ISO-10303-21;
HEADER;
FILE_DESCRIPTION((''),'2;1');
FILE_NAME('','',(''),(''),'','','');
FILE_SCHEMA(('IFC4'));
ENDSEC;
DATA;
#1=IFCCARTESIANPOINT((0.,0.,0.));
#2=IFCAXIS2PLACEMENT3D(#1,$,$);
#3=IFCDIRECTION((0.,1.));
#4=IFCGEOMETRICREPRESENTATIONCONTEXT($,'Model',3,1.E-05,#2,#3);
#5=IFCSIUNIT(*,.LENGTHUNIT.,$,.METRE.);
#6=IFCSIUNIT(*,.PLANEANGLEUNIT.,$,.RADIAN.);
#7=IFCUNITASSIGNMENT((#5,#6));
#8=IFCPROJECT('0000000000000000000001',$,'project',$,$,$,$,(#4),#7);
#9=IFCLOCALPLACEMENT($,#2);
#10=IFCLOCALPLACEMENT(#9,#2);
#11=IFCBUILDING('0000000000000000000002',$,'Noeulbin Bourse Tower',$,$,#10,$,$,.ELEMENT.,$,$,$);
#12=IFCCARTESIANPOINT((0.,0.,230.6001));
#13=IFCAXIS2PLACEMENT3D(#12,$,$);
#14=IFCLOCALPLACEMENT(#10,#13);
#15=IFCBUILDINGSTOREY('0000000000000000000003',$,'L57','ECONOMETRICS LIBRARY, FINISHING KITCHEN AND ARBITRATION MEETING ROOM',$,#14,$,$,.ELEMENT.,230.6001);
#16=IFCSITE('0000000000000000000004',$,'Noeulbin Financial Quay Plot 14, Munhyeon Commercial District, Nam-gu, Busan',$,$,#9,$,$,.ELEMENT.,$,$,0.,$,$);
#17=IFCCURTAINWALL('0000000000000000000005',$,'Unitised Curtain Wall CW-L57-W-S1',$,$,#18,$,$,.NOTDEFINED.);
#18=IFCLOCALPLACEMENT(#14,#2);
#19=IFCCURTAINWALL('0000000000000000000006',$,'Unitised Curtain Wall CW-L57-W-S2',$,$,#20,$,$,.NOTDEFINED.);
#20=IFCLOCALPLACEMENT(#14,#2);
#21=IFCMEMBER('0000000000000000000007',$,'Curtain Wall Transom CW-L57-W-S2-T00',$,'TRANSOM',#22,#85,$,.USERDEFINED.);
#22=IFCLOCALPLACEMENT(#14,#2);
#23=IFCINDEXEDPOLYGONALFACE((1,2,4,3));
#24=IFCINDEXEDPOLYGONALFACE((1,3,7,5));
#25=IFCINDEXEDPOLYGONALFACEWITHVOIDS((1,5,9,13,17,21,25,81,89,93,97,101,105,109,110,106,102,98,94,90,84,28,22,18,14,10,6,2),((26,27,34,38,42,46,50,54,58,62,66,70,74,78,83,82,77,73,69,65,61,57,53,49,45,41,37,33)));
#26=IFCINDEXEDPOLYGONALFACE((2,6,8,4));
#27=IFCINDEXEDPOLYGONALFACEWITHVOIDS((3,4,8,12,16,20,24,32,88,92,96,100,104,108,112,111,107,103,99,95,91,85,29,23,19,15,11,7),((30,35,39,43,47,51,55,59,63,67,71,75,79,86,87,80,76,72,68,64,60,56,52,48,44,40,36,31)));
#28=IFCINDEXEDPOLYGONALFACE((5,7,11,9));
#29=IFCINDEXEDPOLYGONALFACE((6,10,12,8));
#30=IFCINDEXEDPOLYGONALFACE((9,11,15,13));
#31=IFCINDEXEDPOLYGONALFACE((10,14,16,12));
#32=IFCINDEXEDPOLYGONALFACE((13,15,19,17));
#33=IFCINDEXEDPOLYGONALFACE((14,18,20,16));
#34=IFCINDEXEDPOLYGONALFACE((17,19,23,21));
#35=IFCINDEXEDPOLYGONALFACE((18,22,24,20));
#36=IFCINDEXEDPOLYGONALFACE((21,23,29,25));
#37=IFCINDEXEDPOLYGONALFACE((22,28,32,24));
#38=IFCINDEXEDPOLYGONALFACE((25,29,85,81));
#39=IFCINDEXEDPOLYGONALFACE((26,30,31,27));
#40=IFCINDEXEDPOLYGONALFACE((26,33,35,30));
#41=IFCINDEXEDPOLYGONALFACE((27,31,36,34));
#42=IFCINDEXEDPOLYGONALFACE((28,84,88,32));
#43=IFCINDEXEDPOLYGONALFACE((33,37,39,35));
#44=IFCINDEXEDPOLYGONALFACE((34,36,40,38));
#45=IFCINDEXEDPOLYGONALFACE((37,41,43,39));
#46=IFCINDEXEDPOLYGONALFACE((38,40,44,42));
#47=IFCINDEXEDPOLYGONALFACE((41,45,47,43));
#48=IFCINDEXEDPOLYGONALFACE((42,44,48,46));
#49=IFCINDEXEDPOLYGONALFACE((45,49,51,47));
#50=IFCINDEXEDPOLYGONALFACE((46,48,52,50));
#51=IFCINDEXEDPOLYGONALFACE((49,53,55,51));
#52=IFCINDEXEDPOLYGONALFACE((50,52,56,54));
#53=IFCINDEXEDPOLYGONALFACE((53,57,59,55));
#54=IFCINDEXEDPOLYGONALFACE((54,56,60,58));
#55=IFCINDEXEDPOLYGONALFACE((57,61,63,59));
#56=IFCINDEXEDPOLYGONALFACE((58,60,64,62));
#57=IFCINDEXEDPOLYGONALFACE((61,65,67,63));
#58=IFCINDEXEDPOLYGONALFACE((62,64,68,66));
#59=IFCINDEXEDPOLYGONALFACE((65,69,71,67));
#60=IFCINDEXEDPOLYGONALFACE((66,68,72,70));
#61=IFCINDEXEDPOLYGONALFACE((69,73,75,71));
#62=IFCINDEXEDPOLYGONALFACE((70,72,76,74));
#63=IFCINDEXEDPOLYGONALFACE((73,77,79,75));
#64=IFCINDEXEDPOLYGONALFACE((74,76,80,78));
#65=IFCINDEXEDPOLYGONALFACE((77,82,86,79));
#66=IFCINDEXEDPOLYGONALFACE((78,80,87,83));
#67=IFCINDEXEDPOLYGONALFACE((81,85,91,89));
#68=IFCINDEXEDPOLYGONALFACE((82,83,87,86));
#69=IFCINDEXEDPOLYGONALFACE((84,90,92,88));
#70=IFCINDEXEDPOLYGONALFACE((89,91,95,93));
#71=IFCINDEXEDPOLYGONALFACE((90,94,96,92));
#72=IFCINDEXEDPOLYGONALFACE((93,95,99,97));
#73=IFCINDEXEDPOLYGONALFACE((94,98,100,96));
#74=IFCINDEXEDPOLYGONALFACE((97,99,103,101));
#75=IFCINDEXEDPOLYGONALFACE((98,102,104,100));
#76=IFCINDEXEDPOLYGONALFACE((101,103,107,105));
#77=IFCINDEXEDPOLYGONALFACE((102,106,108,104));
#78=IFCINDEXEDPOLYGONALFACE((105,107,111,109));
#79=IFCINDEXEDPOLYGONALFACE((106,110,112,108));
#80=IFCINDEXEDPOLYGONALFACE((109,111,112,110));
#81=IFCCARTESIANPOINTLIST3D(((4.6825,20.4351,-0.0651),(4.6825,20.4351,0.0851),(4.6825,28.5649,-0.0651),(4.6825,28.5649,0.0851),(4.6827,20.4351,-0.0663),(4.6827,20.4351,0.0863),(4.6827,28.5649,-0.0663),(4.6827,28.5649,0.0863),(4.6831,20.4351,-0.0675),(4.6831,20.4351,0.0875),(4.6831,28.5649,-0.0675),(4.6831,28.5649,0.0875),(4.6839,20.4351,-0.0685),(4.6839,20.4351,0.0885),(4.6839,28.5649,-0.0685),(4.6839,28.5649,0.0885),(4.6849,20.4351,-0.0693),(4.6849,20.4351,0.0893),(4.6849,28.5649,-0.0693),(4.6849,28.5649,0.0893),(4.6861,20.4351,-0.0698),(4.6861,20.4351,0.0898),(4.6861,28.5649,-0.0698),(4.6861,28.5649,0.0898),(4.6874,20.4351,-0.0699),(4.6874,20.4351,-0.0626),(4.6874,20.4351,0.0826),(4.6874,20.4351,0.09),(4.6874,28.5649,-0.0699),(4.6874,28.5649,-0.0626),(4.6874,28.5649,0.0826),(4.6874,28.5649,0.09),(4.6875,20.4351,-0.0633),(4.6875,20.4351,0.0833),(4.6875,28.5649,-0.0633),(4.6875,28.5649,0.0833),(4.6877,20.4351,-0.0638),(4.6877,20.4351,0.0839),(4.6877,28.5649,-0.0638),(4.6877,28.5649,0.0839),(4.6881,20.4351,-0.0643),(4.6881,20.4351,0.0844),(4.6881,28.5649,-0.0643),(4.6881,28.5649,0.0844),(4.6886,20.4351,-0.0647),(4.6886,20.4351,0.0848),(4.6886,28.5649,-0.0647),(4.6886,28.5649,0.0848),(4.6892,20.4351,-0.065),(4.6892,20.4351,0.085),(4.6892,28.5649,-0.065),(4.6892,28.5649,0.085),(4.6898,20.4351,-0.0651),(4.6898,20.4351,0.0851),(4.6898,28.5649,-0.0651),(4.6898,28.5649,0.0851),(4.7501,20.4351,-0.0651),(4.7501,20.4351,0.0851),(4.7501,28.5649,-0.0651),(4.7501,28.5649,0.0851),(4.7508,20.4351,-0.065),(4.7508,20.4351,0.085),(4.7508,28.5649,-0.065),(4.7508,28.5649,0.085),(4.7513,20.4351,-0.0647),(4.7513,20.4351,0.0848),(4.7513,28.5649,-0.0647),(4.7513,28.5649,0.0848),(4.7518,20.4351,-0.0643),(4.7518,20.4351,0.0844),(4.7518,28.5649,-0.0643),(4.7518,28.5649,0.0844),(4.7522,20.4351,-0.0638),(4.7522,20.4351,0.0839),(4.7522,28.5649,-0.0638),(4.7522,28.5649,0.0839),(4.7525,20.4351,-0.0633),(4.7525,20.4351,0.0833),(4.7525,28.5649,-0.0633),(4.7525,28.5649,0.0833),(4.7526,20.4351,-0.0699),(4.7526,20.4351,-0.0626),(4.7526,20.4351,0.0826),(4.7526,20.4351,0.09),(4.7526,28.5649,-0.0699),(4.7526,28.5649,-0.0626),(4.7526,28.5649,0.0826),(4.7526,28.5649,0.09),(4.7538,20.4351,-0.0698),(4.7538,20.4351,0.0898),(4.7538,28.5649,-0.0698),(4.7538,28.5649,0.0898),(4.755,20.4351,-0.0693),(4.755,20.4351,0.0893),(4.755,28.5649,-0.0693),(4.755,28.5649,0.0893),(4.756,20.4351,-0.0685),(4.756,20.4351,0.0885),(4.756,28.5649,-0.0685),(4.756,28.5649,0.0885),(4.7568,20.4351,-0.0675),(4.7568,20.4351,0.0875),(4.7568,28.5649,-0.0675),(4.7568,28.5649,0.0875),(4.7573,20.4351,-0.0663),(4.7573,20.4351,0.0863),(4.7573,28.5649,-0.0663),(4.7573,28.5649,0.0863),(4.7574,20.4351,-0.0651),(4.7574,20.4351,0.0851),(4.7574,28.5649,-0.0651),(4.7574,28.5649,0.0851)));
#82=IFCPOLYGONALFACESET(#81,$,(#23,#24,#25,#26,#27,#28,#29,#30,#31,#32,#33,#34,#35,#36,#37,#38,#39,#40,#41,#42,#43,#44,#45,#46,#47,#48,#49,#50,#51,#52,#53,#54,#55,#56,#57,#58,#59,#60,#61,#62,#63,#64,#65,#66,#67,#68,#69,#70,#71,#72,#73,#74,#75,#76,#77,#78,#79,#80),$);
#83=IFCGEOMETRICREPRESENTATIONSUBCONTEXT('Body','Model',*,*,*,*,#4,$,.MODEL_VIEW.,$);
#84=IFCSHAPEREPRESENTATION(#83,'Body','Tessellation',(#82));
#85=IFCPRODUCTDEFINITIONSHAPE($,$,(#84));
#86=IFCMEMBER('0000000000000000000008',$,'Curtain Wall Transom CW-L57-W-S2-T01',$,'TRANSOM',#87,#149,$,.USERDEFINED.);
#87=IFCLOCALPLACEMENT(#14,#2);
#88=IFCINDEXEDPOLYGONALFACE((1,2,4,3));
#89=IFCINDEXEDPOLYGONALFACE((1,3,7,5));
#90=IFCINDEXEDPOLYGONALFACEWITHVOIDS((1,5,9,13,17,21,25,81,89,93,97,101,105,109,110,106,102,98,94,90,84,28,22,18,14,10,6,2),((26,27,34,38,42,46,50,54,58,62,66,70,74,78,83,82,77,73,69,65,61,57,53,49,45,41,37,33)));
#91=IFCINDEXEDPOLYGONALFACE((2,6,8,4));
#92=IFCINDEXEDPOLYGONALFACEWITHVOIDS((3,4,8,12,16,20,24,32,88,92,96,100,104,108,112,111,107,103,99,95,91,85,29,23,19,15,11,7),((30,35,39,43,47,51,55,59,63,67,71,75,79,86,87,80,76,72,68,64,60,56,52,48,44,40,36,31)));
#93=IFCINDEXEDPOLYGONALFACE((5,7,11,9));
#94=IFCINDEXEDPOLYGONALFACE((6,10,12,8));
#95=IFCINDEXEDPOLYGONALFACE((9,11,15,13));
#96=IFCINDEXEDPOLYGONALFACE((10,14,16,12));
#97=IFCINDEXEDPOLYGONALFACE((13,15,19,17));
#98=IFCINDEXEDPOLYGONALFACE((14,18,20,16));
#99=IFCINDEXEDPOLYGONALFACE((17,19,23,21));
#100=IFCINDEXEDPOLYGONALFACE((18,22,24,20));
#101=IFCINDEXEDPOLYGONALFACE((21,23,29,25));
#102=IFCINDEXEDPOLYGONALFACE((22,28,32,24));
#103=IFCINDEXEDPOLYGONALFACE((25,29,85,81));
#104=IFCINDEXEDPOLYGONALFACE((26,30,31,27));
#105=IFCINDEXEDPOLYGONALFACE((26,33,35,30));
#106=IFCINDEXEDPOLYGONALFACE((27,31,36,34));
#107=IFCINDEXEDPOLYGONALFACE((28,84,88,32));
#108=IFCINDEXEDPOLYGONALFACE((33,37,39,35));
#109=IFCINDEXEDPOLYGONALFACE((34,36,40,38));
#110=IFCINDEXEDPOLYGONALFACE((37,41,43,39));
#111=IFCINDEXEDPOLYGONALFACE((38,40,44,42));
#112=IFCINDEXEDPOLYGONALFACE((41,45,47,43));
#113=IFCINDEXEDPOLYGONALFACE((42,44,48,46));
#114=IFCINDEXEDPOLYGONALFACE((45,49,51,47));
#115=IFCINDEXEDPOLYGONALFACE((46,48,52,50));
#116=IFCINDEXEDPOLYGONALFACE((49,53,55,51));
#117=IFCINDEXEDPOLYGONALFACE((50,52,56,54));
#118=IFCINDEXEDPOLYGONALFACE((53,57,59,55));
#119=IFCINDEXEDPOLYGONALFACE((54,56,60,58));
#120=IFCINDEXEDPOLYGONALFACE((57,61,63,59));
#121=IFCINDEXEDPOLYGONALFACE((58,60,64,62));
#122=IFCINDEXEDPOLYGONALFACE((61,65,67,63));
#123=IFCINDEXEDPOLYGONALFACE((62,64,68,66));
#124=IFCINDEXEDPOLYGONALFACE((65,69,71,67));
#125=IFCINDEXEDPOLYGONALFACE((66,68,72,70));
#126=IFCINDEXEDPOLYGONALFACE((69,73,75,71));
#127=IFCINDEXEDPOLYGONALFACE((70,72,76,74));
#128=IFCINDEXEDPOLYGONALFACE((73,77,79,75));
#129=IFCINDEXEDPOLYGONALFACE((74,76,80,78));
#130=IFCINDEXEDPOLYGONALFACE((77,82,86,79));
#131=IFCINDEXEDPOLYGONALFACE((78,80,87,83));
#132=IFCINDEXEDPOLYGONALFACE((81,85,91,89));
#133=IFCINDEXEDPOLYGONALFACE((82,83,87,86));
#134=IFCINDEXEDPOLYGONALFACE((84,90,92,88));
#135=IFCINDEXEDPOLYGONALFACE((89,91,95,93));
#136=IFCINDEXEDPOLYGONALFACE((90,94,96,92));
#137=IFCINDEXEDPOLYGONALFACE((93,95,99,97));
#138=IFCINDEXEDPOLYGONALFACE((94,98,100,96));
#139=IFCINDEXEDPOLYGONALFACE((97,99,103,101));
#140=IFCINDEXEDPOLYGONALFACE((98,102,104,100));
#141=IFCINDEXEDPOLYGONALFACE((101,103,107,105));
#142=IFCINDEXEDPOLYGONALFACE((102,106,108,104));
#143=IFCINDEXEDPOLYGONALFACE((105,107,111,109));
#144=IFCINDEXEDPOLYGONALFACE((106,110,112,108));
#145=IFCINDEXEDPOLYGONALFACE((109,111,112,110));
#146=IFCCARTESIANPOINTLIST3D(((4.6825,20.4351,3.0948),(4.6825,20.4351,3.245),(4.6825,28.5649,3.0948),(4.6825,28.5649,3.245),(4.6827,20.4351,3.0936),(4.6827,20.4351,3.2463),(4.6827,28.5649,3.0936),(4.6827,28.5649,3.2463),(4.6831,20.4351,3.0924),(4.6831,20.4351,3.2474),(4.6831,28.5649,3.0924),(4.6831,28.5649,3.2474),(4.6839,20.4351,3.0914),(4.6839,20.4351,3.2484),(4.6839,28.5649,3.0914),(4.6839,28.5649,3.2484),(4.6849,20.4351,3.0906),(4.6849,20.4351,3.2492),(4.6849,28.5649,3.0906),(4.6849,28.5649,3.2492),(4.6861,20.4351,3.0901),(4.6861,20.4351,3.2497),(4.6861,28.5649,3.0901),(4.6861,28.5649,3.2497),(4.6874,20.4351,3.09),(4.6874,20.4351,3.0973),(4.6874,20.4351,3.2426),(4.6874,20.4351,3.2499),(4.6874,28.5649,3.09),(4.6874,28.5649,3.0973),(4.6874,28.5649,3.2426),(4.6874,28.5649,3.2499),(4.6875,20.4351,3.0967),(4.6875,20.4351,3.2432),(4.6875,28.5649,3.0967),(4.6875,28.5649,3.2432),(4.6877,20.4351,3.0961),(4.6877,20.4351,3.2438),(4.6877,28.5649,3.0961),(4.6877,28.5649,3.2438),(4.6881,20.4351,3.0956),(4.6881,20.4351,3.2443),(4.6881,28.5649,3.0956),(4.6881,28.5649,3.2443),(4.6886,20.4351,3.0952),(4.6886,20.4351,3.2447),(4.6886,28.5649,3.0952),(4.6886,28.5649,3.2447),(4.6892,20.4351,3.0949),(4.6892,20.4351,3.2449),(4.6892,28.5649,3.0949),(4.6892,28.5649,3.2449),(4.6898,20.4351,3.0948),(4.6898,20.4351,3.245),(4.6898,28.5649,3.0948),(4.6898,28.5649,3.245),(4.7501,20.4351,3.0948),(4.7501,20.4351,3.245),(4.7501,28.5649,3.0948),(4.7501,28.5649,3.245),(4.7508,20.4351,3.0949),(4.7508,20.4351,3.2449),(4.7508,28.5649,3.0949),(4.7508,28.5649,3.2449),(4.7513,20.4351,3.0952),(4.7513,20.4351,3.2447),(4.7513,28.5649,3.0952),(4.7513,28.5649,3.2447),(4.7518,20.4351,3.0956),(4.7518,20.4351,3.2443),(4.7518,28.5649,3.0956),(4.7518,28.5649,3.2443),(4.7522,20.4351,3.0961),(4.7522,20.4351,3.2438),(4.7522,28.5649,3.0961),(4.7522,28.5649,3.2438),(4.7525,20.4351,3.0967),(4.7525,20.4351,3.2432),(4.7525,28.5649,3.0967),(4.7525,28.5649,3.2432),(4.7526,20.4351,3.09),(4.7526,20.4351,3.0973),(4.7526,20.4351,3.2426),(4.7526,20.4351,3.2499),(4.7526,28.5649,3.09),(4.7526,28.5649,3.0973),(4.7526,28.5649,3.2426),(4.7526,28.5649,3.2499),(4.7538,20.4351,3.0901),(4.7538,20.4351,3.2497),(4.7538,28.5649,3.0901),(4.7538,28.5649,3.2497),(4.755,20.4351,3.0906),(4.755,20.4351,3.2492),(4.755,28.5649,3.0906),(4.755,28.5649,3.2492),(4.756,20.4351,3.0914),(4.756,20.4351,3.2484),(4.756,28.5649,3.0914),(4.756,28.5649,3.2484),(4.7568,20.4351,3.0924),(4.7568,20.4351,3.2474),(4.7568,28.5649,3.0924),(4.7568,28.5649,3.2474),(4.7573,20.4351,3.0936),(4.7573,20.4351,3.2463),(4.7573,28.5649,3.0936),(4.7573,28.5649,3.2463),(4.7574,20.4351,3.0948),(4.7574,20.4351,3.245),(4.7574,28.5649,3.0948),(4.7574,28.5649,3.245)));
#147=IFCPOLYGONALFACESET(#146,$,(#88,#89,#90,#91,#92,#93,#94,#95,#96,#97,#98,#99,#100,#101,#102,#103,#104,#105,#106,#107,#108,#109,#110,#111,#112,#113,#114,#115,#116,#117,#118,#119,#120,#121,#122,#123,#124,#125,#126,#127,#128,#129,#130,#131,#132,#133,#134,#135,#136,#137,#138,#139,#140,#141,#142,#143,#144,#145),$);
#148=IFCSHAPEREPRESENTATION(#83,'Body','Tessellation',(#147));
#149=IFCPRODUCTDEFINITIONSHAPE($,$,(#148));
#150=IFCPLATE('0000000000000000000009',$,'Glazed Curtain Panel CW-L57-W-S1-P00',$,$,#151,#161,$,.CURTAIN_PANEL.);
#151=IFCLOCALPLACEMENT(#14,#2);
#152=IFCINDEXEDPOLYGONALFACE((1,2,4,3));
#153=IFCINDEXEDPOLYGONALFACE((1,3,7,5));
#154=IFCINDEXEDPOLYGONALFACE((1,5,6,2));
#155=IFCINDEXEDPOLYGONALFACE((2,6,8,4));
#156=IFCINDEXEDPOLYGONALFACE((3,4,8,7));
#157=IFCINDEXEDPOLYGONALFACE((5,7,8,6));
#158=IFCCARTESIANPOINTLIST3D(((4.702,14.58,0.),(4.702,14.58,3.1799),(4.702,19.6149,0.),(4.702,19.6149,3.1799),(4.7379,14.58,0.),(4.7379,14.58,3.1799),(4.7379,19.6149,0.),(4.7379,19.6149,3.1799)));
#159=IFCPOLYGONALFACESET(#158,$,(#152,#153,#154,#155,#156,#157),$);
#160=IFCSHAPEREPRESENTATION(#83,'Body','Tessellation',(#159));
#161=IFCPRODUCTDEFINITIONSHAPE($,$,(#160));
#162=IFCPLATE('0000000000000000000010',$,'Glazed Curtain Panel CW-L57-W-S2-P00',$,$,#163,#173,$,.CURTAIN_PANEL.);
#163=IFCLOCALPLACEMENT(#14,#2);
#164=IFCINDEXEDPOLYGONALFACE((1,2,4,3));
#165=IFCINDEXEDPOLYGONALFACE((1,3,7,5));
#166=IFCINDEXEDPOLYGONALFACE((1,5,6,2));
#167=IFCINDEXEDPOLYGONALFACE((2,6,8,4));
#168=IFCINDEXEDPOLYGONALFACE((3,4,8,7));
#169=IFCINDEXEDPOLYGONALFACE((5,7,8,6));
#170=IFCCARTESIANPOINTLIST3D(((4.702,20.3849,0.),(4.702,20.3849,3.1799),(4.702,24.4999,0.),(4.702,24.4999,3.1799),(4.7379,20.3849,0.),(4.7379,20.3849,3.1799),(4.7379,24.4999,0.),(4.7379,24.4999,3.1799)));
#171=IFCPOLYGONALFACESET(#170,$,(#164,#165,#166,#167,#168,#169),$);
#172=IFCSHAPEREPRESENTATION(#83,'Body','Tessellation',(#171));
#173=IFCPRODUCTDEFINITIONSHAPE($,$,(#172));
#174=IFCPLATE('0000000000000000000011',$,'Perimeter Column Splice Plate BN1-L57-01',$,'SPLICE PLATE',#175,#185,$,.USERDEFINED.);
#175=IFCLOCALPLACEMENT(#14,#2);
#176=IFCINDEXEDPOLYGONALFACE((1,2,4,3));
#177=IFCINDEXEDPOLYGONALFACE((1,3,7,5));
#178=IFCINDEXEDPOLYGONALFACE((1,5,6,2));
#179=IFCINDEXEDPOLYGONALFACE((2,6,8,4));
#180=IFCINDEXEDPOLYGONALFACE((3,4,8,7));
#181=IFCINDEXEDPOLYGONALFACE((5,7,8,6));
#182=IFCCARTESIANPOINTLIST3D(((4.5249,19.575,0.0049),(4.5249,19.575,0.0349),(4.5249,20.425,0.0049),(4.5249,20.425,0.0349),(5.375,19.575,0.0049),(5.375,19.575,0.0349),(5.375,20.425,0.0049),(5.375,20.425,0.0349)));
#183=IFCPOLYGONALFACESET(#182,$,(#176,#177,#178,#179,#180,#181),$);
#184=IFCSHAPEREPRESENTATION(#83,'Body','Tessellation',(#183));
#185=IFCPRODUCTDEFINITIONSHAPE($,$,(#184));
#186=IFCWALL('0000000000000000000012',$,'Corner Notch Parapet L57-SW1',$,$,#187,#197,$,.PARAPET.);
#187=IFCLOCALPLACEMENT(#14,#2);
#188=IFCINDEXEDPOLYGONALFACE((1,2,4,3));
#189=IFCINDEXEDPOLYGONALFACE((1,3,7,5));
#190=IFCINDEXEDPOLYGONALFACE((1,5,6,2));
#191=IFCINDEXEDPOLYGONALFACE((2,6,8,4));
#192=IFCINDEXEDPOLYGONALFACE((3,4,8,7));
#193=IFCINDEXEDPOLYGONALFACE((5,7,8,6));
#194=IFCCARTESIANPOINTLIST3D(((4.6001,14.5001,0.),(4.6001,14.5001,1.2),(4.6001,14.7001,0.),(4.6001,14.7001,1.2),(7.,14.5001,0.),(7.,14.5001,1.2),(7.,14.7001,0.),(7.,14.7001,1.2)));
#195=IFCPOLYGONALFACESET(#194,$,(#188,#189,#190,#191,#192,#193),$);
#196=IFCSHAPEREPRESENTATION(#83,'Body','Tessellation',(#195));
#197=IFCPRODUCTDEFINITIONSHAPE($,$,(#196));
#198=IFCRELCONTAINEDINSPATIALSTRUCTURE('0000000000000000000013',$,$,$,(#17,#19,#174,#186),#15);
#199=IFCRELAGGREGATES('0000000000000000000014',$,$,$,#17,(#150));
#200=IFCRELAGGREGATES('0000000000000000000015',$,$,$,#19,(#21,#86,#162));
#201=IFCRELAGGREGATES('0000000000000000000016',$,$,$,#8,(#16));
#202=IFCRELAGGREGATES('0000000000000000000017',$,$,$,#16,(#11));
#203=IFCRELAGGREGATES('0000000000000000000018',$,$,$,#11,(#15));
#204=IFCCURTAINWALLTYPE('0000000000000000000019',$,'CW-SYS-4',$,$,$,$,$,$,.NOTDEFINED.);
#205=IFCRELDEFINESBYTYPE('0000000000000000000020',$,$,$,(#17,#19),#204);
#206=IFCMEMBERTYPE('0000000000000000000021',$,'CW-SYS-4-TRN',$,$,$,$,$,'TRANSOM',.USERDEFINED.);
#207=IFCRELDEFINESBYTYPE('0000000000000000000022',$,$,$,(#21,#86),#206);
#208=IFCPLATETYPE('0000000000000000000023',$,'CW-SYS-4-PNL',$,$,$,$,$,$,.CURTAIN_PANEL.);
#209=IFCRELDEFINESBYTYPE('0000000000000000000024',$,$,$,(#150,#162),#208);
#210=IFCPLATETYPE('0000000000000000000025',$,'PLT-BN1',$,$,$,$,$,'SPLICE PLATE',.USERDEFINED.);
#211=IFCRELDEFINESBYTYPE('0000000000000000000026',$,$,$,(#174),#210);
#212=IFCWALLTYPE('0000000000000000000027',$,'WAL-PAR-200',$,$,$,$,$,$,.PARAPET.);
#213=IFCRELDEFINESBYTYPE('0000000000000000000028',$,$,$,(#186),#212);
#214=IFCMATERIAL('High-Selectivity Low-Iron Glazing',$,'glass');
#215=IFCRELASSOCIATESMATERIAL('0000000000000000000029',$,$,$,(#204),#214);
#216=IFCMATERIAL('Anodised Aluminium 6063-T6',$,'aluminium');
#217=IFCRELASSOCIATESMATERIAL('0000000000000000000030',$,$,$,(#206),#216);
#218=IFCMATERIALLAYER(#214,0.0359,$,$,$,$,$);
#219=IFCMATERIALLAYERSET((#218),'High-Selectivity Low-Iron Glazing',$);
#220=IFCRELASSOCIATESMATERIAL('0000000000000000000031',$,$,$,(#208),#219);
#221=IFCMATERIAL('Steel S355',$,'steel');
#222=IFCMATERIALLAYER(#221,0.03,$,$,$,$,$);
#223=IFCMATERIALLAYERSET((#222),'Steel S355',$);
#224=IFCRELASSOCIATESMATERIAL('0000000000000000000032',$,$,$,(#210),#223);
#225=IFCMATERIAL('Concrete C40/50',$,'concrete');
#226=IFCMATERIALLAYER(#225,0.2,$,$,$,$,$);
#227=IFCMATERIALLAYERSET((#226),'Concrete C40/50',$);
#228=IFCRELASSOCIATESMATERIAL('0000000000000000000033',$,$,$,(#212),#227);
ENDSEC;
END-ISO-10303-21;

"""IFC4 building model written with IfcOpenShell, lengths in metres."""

from ifc_helpers import new_model, si_unit, direction, frame, frame_2d, origin, origin_2d, place, context, subcontext, project, spatial, rectangle, hollow_rectangle, extrude, material, layer, layer_set, material_profile, profile_set, type_object, element, aggregate, save


model = new_model("IFC4")

# Units and contexts
model_context = context("Model", 3, precision=1e-05, world=origin(), true_north=direction((0.0, 1.0)))
body_context = subcontext(model_context, "Body", "Model", "MODEL_VIEW")
ifc_project = project(units=[si_unit("LENGTHUNIT", "METRE"), si_unit("PLANEANGLEUNIT", "RADIAN")], contexts=[model_context])

# Site, building, storey
site_placement = place(None, origin())
site = spatial("IfcSite", under=ifc_project, at=site_placement, Name="Noeulbin Financial Quay Plot 14, Munhyeon Commercial District, Nam-gu, Busan", CompositionType="ELEMENT", RefElevation=0.0)
building_placement = place(site_placement, origin())
building = spatial("IfcBuilding", under=site, at=building_placement, Name="Noeulbin Bourse Tower", CompositionType="ELEMENT")
storey_placement = place(building_placement, frame((0.0, 0.0, 230.6001)))
storey = spatial("IfcBuildingStorey", under=building, at=storey_placement, Name="L57", Description="ECONOMETRICS LIBRARY, FINISHING KITCHEN AND ARBITRATION MEETING ROOM", CompositionType="ELEMENT", Elevation=230.6001)

# Shared definitions
ifc_material_1 = material(Name="Steel S355", Category="steel")

# Curtain walls
ifc_material_2 = material(Name="High-Selectivity Low-Iron Glazing", Category="glass")
curtain_wall_type = type_object("IfcCurtainWallType", Name="CW-SYS-4", PredefinedType="NOTDEFINED", material=ifc_material_2)
curtain_wall_1_placement = place(storey_placement, origin())
curtain_wall_1 = element("IfcCurtainWall", 1, at=curtain_wall_1_placement, inside=storey, type_object=curtain_wall_type, Name="Unitised Curtain Wall CW-L57-W-S1", PredefinedType="NOTDEFINED")
ifc_material_3 = material(Name="Anodised Aluminium 6063-T6", Category="aluminium")
curtain_wall_2_placement = place(storey_placement, origin())
curtain_wall_2 = element("IfcCurtainWall", 2, at=curtain_wall_2_placement, inside=storey, type_object=curtain_wall_type, Name="Unitised Curtain Wall CW-L57-W-S2", PredefinedType="NOTDEFINED")

# Members
ifc_material_profile_1 = material_profile(ifc_material_3, hollow_rectangle(XDim=0.075, YDim=0.1599, WallThickness=0.0049, InnerFilletRadius=0.0024, OuterFilletRadius=0.0049, at=origin_2d()), Name="ALU-TRAN-75x160x5", Category="LoadBearing")
ifc_profile_set_1 = profile_set([ifc_material_profile_1], Name="Anodised Aluminium 6063-T6")
member_type_1 = type_object("IfcMemberType", Name="CW-SYS-4-TRN", ElementType="TRANSOM", PredefinedType="USERDEFINED", material=ifc_profile_set_1)
member_1_placement = place(storey_placement, frame((4.72, 20.4351, 0.01), z_axis=(0.0, 1.0, 0.0), x_axis=(-1.0, 0.0, 0.0)))
member_1 = element("IfcMember", 3, at=member_1_placement, type_object=member_type_1, Name="Curtain Wall Transom CW-L57-W-S2-T00", ObjectType="TRANSOM", PredefinedType="USERDEFINED", context=body_context, shape_type="SweptSolid", body=[
    extrude(hollow_rectangle(XDim=0.075, YDim=0.1599, WallThickness=0.0049, InnerFilletRadius=0.0024, OuterFilletRadius=0.0049, at=origin_2d()), origin(), (0.0, 0.0, 1.0), 8.1299),
])
member_2_placement = place(storey_placement, frame((4.72, 20.4351, 3.1699), z_axis=(0.0, 1.0, 0.0), x_axis=(-1.0, 0.0, 0.0)))
member_2 = element("IfcMember", 4, at=member_2_placement, type_object=member_type_1, Name="Curtain Wall Transom CW-L57-W-S2-T01", ObjectType="TRANSOM", PredefinedType="USERDEFINED", context=body_context, shape_type="SweptSolid", body=[
    extrude(hollow_rectangle(XDim=0.075, YDim=0.1599, WallThickness=0.0049, InnerFilletRadius=0.0024, OuterFilletRadius=0.0049, at=origin_2d()), origin(), (0.0, 0.0, 1.0), 8.1299),
])

# Plates
ifc_layer_1 = layer(ifc_material_2, 0.0359)
ifc_layer_set_1 = layer_set([ifc_layer_1], Name="High-Selectivity Low-Iron Glazing")
plate_type_1 = type_object("IfcPlateType", Name="CW-SYS-4-PNL", PredefinedType="CURTAIN_PANEL", material=ifc_layer_set_1)
plate_1_placement = place(storey_placement, frame((4.72, 17.0974, 0.0), z_axis=(0.0, 0.0, 1.0), x_axis=(0.0, 1.0, 0.0)))
plate_1 = element("IfcPlate", 5, at=plate_1_placement, type_object=plate_type_1, Name="Glazed Curtain Panel CW-L57-W-S1-P00", PredefinedType="CURTAIN_PANEL", context=body_context, shape_type="SweptSolid", body=[
    extrude(rectangle(XDim=5.0349, YDim=0.0359, at=origin_2d()), origin(), (0.0, 0.0, 1.0), 3.1799),
])
aggregate(curtain_wall_1, [plate_1])
plate_2_placement = place(storey_placement, frame((4.72, 22.4424, 0.0), z_axis=(0.0, 0.0, 1.0), x_axis=(0.0, 1.0, 0.0)))
plate_2 = element("IfcPlate", 6, at=plate_2_placement, type_object=plate_type_1, Name="Glazed Curtain Panel CW-L57-W-S2-P00", PredefinedType="CURTAIN_PANEL", context=body_context, shape_type="SweptSolid", body=[
    extrude(rectangle(XDim=4.115, YDim=0.0359, at=origin_2d()), origin(), (0.0, 0.0, 1.0), 3.1799),
])
aggregate(curtain_wall_2, [member_1, member_2, plate_2])
ifc_layer_2 = layer(ifc_material_1, 0.03)
ifc_layer_set_2 = layer_set([ifc_layer_2], Name="Steel S355")
plate_type_2 = type_object("IfcPlateType", Name="PLT-BN1", ElementType="SPLICE PLATE", PredefinedType="USERDEFINED", material=ifc_layer_set_2)
plate_3_placement = place(storey_placement, frame((4.95, 20.0, 0.0049), z_axis=(0.0, 0.0, 1.0), x_axis=(1.0, 0.0, 0.0)))
element("IfcPlate", 7, at=plate_3_placement, inside=storey, type_object=plate_type_2, Name="Perimeter Column Splice Plate BN1-L57-01", ObjectType="SPLICE PLATE", PredefinedType="USERDEFINED", context=body_context, shape_type="SweptSolid", body=[
    extrude(rectangle(XDim=0.8501, YDim=0.8501, at=origin_2d()), origin(), (0.0, 0.0, 1.0), 0.03),
])

# Wall
ifc_material_4 = material(Name="Concrete C40/50", Category="concrete")
ifc_layer_3 = layer(ifc_material_4, 0.2)
ifc_layer_set_3 = layer_set([ifc_layer_3], Name="Concrete C40/50")
wall_type_1 = type_object("IfcWallType", Name="WAL-PAR-200", PredefinedType="PARAPET", material=ifc_layer_set_3)
wall_1_placement = place(storey_placement, frame((4.6001, 14.6001, 0.0), z_axis=(0.0, 0.0, 1.0), x_axis=(1.0, 0.0, 0.0)))
element("IfcWall", 8, at=wall_1_placement, inside=storey, type_object=wall_type_1, Name="Corner Notch Parapet L57-SW1", PredefinedType="PARAPET", context=body_context, shape_type="SweptSolid", body=[
    extrude(rectangle(XDim=2.3999, YDim=0.2, at=frame_2d((1.2, 0.0))), origin(), (0.0, 0.0, 1.0), 1.2),
])

save(model, "model.ifc")
